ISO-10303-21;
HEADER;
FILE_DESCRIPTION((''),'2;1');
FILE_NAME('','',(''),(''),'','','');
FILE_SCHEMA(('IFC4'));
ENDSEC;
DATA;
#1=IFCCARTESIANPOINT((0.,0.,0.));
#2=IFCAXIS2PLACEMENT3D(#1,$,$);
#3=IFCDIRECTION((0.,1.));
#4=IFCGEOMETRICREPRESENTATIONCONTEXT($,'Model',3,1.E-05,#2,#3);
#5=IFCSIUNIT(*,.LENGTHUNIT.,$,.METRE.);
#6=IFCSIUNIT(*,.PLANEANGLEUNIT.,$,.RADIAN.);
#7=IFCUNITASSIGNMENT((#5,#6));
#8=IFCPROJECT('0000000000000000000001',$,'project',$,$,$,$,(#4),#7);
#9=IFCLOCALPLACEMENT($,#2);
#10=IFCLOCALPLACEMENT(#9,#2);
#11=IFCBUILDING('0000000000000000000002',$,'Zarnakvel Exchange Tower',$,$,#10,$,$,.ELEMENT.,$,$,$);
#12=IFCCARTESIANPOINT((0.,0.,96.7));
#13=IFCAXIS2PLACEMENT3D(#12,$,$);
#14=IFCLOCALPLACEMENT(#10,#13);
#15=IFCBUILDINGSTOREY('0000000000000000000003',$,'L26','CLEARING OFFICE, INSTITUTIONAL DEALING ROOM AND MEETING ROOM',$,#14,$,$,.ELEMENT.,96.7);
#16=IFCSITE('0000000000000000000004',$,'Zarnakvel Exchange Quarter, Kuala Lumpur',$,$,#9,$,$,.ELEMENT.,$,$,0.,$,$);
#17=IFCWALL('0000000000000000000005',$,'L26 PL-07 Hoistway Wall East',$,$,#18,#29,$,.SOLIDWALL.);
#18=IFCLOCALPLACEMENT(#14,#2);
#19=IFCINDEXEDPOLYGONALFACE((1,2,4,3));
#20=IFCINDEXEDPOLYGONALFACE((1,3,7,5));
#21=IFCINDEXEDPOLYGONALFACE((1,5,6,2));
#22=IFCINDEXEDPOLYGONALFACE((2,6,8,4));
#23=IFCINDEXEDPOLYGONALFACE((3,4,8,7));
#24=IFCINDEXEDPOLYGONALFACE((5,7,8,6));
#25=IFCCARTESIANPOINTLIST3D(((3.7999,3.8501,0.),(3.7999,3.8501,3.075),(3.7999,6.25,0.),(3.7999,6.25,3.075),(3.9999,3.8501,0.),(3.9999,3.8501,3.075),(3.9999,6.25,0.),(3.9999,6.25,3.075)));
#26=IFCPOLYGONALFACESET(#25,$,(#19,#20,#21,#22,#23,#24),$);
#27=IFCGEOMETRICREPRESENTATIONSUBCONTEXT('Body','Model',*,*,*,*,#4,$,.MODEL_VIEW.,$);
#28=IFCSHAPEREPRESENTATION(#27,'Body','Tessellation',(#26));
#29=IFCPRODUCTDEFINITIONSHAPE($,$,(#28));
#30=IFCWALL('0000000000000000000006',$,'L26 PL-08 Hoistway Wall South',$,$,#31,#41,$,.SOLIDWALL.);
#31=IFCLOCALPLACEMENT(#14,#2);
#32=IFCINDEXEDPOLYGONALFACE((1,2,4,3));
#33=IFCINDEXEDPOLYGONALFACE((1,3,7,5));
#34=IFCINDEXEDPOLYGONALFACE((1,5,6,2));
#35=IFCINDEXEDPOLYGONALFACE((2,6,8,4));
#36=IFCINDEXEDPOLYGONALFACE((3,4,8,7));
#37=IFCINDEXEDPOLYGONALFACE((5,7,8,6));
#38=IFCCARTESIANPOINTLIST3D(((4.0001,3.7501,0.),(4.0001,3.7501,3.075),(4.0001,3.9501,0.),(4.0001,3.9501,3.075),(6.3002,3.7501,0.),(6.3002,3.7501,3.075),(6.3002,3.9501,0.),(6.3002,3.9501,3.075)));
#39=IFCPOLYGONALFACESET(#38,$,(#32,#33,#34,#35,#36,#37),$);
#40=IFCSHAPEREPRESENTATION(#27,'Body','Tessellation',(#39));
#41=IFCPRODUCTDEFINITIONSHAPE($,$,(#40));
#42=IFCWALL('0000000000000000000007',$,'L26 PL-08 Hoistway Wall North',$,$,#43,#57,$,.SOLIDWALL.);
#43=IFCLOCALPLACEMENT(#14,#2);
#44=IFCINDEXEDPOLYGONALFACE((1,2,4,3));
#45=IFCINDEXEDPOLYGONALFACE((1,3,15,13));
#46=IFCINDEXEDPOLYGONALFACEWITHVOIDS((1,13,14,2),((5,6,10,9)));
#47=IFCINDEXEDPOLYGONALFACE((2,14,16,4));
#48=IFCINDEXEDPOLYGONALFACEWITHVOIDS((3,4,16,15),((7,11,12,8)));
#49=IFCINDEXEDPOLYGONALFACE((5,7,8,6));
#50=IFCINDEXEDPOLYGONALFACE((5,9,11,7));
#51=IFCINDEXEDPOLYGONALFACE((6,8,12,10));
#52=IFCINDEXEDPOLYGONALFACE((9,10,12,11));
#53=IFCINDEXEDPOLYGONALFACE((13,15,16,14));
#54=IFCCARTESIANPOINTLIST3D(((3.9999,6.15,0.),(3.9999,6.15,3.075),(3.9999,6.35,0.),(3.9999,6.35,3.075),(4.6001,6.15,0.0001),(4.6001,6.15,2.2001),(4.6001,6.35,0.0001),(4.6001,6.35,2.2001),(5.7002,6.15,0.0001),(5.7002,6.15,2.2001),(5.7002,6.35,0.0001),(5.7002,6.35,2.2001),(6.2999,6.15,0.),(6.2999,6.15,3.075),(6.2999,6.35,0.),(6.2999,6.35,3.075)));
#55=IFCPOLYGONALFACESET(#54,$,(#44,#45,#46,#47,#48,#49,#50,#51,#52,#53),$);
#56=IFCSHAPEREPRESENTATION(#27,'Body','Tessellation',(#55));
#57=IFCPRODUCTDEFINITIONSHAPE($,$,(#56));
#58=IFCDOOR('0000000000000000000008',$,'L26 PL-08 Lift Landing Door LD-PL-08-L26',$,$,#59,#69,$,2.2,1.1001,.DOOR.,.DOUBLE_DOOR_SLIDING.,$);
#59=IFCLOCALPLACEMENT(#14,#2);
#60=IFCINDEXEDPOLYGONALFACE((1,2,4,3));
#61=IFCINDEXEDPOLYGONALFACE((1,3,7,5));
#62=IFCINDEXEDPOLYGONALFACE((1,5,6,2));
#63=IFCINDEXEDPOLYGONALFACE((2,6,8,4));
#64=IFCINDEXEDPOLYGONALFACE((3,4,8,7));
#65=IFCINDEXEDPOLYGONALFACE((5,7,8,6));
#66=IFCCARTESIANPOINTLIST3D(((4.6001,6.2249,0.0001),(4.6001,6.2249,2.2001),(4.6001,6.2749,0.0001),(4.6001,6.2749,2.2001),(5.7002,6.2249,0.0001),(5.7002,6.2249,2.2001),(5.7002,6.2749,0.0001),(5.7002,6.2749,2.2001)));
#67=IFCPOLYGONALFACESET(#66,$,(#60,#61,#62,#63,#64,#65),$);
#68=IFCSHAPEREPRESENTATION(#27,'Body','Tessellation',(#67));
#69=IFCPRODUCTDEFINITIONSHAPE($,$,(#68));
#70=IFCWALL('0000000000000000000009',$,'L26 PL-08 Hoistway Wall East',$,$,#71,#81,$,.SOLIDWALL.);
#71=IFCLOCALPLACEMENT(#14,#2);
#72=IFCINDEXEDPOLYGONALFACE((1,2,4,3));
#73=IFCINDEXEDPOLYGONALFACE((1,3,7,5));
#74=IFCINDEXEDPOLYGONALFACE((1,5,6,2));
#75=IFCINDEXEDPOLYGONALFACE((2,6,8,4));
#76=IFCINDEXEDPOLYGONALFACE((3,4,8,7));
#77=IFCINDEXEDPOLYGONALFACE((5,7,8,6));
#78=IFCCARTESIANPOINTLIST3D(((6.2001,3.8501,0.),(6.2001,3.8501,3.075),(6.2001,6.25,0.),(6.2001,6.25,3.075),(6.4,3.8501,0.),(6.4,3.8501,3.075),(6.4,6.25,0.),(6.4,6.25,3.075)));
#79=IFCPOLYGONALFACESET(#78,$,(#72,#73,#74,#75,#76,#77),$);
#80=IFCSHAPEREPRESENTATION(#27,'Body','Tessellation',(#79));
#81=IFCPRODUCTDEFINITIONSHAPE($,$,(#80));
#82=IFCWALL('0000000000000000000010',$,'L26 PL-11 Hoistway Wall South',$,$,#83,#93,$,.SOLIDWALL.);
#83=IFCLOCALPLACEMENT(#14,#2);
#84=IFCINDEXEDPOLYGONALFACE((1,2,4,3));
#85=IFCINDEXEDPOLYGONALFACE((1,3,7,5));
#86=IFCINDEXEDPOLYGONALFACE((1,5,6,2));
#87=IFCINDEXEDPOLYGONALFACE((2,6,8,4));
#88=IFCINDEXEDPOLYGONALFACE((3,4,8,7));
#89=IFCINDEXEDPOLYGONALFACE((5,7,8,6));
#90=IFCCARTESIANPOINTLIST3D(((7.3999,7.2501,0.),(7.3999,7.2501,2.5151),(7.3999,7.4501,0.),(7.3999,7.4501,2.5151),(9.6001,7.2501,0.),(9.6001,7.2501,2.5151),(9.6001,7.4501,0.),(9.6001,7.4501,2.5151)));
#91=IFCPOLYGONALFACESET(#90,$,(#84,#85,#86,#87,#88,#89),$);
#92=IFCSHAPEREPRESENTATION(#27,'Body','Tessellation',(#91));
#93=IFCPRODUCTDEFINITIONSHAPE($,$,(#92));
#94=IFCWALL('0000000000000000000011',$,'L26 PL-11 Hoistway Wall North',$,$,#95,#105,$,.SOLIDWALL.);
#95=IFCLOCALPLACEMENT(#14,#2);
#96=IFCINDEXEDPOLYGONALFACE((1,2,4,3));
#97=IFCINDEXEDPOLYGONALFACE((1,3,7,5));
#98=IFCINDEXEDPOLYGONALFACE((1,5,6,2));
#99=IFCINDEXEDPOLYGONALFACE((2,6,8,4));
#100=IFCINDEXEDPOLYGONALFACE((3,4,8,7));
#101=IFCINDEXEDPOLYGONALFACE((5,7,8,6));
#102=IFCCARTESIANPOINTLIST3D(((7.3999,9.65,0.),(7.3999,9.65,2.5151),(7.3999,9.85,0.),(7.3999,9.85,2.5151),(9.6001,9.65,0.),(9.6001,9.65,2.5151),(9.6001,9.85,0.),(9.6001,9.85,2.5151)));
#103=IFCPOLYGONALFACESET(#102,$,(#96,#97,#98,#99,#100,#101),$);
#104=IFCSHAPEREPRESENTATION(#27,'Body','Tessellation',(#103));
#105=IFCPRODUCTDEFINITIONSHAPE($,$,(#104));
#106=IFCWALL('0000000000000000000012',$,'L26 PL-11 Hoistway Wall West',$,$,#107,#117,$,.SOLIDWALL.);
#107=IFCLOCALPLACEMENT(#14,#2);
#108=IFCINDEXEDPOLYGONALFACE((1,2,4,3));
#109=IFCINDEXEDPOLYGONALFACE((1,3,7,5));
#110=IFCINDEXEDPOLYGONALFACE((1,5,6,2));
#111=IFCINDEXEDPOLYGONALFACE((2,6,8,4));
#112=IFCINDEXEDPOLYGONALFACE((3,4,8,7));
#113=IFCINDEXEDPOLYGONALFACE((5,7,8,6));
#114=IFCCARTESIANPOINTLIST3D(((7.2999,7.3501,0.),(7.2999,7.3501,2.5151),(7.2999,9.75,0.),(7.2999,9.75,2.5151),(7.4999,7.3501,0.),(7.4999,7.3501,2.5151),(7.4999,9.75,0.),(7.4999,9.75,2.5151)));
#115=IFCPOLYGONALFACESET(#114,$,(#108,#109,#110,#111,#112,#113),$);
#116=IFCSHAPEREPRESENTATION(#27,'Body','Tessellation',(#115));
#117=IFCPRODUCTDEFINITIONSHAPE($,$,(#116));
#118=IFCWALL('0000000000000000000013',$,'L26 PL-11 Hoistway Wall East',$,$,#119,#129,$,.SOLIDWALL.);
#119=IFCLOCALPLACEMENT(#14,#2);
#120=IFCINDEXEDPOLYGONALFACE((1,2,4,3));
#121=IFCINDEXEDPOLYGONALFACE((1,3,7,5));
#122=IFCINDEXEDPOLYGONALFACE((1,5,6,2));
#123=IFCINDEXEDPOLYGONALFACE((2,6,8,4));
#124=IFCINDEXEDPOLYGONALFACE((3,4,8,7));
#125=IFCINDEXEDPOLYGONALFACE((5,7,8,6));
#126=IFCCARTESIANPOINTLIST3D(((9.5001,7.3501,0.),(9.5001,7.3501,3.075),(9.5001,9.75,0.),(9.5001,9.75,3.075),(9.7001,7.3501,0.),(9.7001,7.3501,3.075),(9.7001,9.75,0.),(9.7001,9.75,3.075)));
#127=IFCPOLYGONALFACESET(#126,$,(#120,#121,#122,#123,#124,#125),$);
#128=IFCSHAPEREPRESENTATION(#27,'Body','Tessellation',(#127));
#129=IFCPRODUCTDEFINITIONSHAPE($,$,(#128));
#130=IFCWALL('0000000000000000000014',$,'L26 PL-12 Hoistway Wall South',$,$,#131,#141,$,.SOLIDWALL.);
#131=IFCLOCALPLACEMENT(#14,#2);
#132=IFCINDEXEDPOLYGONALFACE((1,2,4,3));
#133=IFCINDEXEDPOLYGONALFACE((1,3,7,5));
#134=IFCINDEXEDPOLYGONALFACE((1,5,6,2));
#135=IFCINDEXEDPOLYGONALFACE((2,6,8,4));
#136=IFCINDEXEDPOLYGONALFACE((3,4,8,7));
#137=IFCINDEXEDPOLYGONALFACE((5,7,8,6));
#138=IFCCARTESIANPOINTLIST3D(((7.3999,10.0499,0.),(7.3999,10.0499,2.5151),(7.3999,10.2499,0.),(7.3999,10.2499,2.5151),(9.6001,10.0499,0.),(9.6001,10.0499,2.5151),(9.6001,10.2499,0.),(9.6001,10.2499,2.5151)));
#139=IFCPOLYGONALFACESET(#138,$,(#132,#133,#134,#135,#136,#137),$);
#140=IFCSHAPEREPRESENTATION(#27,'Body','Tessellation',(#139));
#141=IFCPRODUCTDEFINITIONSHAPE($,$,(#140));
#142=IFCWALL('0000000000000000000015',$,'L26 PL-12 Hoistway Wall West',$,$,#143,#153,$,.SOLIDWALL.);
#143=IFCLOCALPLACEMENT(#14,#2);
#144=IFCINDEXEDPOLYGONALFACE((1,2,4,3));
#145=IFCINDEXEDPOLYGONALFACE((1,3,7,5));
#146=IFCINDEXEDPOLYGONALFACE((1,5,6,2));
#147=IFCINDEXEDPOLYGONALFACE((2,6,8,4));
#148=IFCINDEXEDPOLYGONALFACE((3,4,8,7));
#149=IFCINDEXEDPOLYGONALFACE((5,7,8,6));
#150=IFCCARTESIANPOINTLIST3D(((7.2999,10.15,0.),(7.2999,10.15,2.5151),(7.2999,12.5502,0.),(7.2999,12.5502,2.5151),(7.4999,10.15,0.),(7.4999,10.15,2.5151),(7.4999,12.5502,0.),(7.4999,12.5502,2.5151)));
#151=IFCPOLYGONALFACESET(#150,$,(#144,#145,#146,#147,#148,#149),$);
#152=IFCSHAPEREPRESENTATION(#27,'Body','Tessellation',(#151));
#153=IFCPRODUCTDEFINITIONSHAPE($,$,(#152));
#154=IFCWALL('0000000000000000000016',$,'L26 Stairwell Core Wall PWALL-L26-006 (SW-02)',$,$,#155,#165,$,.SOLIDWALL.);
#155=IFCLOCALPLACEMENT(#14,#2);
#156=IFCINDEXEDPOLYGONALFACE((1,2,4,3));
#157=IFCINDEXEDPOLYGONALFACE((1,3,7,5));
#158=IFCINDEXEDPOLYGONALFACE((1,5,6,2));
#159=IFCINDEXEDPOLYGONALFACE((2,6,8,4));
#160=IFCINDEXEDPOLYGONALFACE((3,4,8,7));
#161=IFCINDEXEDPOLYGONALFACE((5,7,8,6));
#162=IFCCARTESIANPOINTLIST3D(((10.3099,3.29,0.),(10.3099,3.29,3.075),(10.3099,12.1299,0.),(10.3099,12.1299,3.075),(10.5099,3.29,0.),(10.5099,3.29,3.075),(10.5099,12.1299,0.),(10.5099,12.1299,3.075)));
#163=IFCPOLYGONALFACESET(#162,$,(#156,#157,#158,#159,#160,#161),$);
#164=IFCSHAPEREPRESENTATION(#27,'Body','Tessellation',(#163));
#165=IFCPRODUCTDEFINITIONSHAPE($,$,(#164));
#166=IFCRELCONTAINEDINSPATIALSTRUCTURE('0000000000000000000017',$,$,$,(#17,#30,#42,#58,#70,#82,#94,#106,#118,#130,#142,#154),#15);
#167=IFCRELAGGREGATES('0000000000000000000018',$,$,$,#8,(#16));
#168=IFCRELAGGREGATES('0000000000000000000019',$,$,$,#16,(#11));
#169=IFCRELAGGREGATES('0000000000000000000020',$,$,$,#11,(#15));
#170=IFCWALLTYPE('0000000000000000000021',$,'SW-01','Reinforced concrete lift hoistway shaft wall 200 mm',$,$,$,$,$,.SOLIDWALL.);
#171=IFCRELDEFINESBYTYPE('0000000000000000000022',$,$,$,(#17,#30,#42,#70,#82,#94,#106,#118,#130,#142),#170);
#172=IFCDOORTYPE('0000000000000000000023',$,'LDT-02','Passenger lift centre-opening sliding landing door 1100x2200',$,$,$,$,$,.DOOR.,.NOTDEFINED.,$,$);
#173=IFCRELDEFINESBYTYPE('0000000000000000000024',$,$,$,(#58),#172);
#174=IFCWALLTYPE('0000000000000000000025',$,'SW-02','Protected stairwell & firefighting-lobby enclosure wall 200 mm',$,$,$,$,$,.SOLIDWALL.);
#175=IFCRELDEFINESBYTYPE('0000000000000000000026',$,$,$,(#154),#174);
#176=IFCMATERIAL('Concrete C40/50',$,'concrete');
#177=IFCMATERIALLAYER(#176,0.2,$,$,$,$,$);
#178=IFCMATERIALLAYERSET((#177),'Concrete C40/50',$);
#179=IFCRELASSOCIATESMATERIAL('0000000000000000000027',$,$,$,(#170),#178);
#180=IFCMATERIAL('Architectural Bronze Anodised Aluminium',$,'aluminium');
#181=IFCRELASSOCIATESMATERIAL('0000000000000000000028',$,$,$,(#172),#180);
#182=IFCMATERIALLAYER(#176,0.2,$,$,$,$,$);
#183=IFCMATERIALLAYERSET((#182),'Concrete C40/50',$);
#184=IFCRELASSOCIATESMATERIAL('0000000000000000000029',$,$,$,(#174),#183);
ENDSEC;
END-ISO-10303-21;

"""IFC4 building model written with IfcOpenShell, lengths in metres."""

from ifc_helpers import new_model, si_unit, direction, frame, frame_2d, origin, place, context, subcontext, project, spatial, rectangle, extrude, source, transform, mapped, material, layer, layer_set, type_object, element, fill, save


model = new_model("IFC4")

# Units and contexts
model_context = context("Model", 3, precision=1e-05, world=origin(), true_north=direction((0.0, 1.0)))
body_context = subcontext(model_context, "Body", "Model", "MODEL_VIEW")
ifc_project = project(units=[si_unit("LENGTHUNIT", "METRE"), si_unit("PLANEANGLEUNIT", "RADIAN")], contexts=[model_context])

# Site, building, storey
site_placement = place(None, origin())
site = spatial("IfcSite", under=ifc_project, at=site_placement, Name="Zarnakvel Exchange Quarter, Kuala Lumpur", CompositionType="ELEMENT", RefElevation=0.0)
building_placement = place(site_placement, origin())
building = spatial("IfcBuilding", under=site, at=building_placement, Name="Zarnakvel Exchange Tower", CompositionType="ELEMENT")
storey_placement = place(building_placement, frame((0.0, 0.0, 96.7)))
storey = spatial("IfcBuildingStorey", under=building, at=storey_placement, Name="L26", Description="CLEARING OFFICE, INSTITUTIONAL DEALING ROOM AND MEETING ROOM", CompositionType="ELEMENT", Elevation=96.7)

# Shared definitions
ifc_material_1 = material(Name="Concrete C40/50", Category="concrete")
ifc_layer_1 = layer(ifc_material_1, 0.2)
ifc_layer_set_1 = layer_set([ifc_layer_1], Name="Concrete C40/50")
wall_type_1 = type_object("IfcWallType", Name="SW-01", Description="Reinforced concrete lift hoistway shaft wall 200 mm", PredefinedType="SOLIDWALL", material=ifc_layer_set_1)
shared_shape = source(origin(), body_context, "Body", "SweptSolid", [
    extrude(rectangle(XDim=1.1001, YDim=2.2, at=frame_2d((0.55, 1.1001))), frame((0.0, 0.0249, 0.0), z_axis=(0.0, -1.0, 0.0), x_axis=(1.0, 0.0, 0.0)), (0.0, 0.0, 1.0), 0.05),
])

# Shared definitions
ifc_material_2 = material(Name="Architectural Bronze Anodised Aluminium", Category="aluminium")
door_type_1 = type_object("IfcDoorType", Name="LDT-02", Description="Passenger lift centre-opening sliding landing door 1100x2200", OperationType="NOTDEFINED", PredefinedType="DOOR", material=ifc_material_2)

# Walls
for number, where, z_axis, x_axis, name in (
    (1, (3.8999, 6.25, 0.0), (0.0, 0.0, 1.0), (0.0, -1.0, 0.0), "L26 PL-07 Hoistway Wall East"),
):
    element("IfcWall", number, at=place(storey_placement, frame(where, z_axis=z_axis, x_axis=x_axis)), inside=storey, type_object=wall_type_1, Name=name, PredefinedType="SOLIDWALL", context=body_context, shape_type="SweptSolid", body=[
        extrude(rectangle(XDim=2.3999, YDim=0.2, at=frame_2d((1.2, 0.0))), origin(), (0.0, 0.0, 1.0), 3.075),
    ])
wall_1_placement = place(storey_placement, frame((6.3, 3.8501, 0.0), z_axis=(0.0, 0.0, 1.0), x_axis=(-1.0, 0.0, 0.0)))
element("IfcWall", 2, at=wall_1_placement, inside=storey, type_object=wall_type_1, Name="L26 PL-08 Hoistway Wall South", PredefinedType="SOLIDWALL", context=body_context, shape_type="SweptSolid", body=[
    extrude(rectangle(XDim=2.3, YDim=0.2, at=frame_2d((1.1499, 0.0))), origin(), (0.0, 0.0, 1.0), 3.075),
])

# Wall, opening, door
wall_2_placement = place(storey_placement, frame((4.0, 6.25, 0.0), z_axis=(0.0, 0.0, 1.0), x_axis=(1.0, 0.0, 0.0)))
wall_2 = element("IfcWall", 3, at=wall_2_placement, inside=storey, type_object=wall_type_1, Name="L26 PL-08 Hoistway Wall North", PredefinedType="SOLIDWALL", context=body_context, shape_type="SweptSolid", body=[
    extrude(rectangle(XDim=2.3, YDim=0.2, at=frame_2d((1.1499, 0.0))), origin(), (0.0, 0.0, 1.0), 3.075),
])
opening_1_placement = place(wall_2_placement, frame((0.6001, 0.0, 0.0)))
opening_1 = element("IfcOpeningElement", 4, at=opening_1_placement, cuts=wall_2, PredefinedType="OPENING", context=body_context, shape_type="SweptSolid", body=[
    extrude(rectangle(XDim=1.1001, YDim=2.2, at=frame_2d((0.55, 1.1001))), frame((0.0, 0.1099, 0.0), z_axis=(0.0, -1.0, 0.0), x_axis=(1.0, 0.0, 0.0)), (0.0, 0.0, 1.0), 0.22),
])
door_1_placement = place(opening_1_placement, origin())
door_1 = element("IfcDoor", 5, at=door_1_placement, inside=storey, type_object=door_type_1, Name="L26 PL-08 Lift Landing Door LD-PL-08-L26", OperationType="DOUBLE_DOOR_SLIDING", OverallHeight=2.2, OverallWidth=1.1001, PredefinedType="DOOR", context=body_context, shape_type="MappedRepresentation", body=[
    mapped(shared_shape, transform((0.0, 0.0, 0.0), x_axis=(1.0, 0.0, 0.0), y_axis=(0.0, 1.0, 0.0), z_axis=(0.0, 0.0, 1.0), scale=1.0)),
])
fill(opening_1, door_1)

# Walls
wall_3_placement = place(storey_placement, frame((6.3, 6.25, 0.0), z_axis=(0.0, 0.0, 1.0), x_axis=(0.0, -1.0, 0.0)))
element("IfcWall", 6, at=wall_3_placement, inside=storey, type_object=wall_type_1, Name="L26 PL-08 Hoistway Wall East", PredefinedType="SOLIDWALL", context=body_context, shape_type="SweptSolid", body=[
    extrude(rectangle(XDim=2.3999, YDim=0.2, at=frame_2d((1.2, 0.0))), origin(), (0.0, 0.0, 1.0), 3.075),
])
for number, where, z_axis, x_axis, name in (
    (7, (9.6001, 7.3501, 0.0), (0.0, 0.0, 1.0), (-1.0, 0.0, 0.0), "L26 PL-11 Hoistway Wall South"),
    (8, (7.3999, 9.75, 0.0), (0.0, 0.0, 1.0), (1.0, 0.0, 0.0), "L26 PL-11 Hoistway Wall North"),
):
    element("IfcWall", number, at=place(storey_placement, frame(where, z_axis=z_axis, x_axis=x_axis)), inside=storey, type_object=wall_type_1, Name=name, PredefinedType="SOLIDWALL", context=body_context, shape_type="SweptSolid", body=[
        extrude(rectangle(XDim=2.2002, YDim=0.2, at=frame_2d((1.1001, 0.0))), origin(), (0.0, 0.0, 1.0), 2.5151),
    ])
wall_4_placement = place(storey_placement, frame((7.3999, 7.3501, 0.0), z_axis=(0.0, 0.0, 1.0), x_axis=(0.0, 1.0, 0.0)))
element("IfcWall", 9, at=wall_4_placement, inside=storey, type_object=wall_type_1, Name="L26 PL-11 Hoistway Wall West", PredefinedType="SOLIDWALL", context=body_context, shape_type="SweptSolid", body=[
    extrude(rectangle(XDim=2.3999, YDim=0.2, at=frame_2d((1.2, 0.0))), origin(), (0.0, 0.0, 1.0), 2.5151),
])
wall_5_placement = place(storey_placement, frame((9.6001, 9.75, 0.0), z_axis=(0.0, 0.0, 1.0), x_axis=(0.0, -1.0, 0.0)))
element("IfcWall", 10, at=wall_5_placement, inside=storey, type_object=wall_type_1, Name="L26 PL-11 Hoistway Wall East", PredefinedType="SOLIDWALL", context=body_context, shape_type="SweptSolid", body=[
    extrude(rectangle(XDim=2.3999, YDim=0.2, at=frame_2d((1.2, 0.0))), origin(), (0.0, 0.0, 1.0), 3.075),
])
wall_6_placement = place(storey_placement, frame((9.6001, 10.1499, 0.0), z_axis=(0.0, 0.0, 1.0), x_axis=(-1.0, 0.0, 0.0)))
element("IfcWall", 11, at=wall_6_placement, inside=storey, type_object=wall_type_1, Name="L26 PL-12 Hoistway Wall South", PredefinedType="SOLIDWALL", context=body_context, shape_type="SweptSolid", body=[
    extrude(rectangle(XDim=2.2002, YDim=0.2, at=frame_2d((1.1001, 0.0))), origin(), (0.0, 0.0, 1.0), 2.5151),
])
wall_7_placement = place(storey_placement, frame((7.3999, 10.1499, 0.0), z_axis=(0.0, 0.0, 1.0), x_axis=(0.0, 1.0, 0.0)))
element("IfcWall", 12, at=wall_7_placement, inside=storey, type_object=wall_type_1, Name="L26 PL-12 Hoistway Wall West", PredefinedType="SOLIDWALL", context=body_context, shape_type="SweptSolid", body=[
    extrude(rectangle(XDim=2.4001, YDim=0.2, at=frame_2d((1.2002, 0.0))), origin(), (0.0, 0.0, 1.0), 2.5151),
])
ifc_layer_2 = layer(ifc_material_1, 0.2)
ifc_layer_set_2 = layer_set([ifc_layer_2], Name="Concrete C40/50")
wall_type_2 = type_object("IfcWallType", Name="SW-02", Description="Protected stairwell & firefighting-lobby enclosure wall 200 mm", PredefinedType="SOLIDWALL", material=ifc_layer_set_2)
wall_8_placement = place(storey_placement, frame((10.4099, 3.29, 0.0), z_axis=(0.0, 0.0, 1.0), x_axis=(0.0, 1.0, 0.0)))
element("IfcWall", 13, at=wall_8_placement, inside=storey, type_object=wall_type_2, Name="L26 Stairwell Core Wall PWALL-L26-006 (SW-02)", PredefinedType="SOLIDWALL", context=body_context, shape_type="SweptSolid", body=[
    extrude(rectangle(XDim=8.8398, YDim=0.2, at=frame_2d((4.4199, 0.0))), origin(), (0.0, 0.0, 1.0), 3.075),
])

save(model, "model.ifc")
